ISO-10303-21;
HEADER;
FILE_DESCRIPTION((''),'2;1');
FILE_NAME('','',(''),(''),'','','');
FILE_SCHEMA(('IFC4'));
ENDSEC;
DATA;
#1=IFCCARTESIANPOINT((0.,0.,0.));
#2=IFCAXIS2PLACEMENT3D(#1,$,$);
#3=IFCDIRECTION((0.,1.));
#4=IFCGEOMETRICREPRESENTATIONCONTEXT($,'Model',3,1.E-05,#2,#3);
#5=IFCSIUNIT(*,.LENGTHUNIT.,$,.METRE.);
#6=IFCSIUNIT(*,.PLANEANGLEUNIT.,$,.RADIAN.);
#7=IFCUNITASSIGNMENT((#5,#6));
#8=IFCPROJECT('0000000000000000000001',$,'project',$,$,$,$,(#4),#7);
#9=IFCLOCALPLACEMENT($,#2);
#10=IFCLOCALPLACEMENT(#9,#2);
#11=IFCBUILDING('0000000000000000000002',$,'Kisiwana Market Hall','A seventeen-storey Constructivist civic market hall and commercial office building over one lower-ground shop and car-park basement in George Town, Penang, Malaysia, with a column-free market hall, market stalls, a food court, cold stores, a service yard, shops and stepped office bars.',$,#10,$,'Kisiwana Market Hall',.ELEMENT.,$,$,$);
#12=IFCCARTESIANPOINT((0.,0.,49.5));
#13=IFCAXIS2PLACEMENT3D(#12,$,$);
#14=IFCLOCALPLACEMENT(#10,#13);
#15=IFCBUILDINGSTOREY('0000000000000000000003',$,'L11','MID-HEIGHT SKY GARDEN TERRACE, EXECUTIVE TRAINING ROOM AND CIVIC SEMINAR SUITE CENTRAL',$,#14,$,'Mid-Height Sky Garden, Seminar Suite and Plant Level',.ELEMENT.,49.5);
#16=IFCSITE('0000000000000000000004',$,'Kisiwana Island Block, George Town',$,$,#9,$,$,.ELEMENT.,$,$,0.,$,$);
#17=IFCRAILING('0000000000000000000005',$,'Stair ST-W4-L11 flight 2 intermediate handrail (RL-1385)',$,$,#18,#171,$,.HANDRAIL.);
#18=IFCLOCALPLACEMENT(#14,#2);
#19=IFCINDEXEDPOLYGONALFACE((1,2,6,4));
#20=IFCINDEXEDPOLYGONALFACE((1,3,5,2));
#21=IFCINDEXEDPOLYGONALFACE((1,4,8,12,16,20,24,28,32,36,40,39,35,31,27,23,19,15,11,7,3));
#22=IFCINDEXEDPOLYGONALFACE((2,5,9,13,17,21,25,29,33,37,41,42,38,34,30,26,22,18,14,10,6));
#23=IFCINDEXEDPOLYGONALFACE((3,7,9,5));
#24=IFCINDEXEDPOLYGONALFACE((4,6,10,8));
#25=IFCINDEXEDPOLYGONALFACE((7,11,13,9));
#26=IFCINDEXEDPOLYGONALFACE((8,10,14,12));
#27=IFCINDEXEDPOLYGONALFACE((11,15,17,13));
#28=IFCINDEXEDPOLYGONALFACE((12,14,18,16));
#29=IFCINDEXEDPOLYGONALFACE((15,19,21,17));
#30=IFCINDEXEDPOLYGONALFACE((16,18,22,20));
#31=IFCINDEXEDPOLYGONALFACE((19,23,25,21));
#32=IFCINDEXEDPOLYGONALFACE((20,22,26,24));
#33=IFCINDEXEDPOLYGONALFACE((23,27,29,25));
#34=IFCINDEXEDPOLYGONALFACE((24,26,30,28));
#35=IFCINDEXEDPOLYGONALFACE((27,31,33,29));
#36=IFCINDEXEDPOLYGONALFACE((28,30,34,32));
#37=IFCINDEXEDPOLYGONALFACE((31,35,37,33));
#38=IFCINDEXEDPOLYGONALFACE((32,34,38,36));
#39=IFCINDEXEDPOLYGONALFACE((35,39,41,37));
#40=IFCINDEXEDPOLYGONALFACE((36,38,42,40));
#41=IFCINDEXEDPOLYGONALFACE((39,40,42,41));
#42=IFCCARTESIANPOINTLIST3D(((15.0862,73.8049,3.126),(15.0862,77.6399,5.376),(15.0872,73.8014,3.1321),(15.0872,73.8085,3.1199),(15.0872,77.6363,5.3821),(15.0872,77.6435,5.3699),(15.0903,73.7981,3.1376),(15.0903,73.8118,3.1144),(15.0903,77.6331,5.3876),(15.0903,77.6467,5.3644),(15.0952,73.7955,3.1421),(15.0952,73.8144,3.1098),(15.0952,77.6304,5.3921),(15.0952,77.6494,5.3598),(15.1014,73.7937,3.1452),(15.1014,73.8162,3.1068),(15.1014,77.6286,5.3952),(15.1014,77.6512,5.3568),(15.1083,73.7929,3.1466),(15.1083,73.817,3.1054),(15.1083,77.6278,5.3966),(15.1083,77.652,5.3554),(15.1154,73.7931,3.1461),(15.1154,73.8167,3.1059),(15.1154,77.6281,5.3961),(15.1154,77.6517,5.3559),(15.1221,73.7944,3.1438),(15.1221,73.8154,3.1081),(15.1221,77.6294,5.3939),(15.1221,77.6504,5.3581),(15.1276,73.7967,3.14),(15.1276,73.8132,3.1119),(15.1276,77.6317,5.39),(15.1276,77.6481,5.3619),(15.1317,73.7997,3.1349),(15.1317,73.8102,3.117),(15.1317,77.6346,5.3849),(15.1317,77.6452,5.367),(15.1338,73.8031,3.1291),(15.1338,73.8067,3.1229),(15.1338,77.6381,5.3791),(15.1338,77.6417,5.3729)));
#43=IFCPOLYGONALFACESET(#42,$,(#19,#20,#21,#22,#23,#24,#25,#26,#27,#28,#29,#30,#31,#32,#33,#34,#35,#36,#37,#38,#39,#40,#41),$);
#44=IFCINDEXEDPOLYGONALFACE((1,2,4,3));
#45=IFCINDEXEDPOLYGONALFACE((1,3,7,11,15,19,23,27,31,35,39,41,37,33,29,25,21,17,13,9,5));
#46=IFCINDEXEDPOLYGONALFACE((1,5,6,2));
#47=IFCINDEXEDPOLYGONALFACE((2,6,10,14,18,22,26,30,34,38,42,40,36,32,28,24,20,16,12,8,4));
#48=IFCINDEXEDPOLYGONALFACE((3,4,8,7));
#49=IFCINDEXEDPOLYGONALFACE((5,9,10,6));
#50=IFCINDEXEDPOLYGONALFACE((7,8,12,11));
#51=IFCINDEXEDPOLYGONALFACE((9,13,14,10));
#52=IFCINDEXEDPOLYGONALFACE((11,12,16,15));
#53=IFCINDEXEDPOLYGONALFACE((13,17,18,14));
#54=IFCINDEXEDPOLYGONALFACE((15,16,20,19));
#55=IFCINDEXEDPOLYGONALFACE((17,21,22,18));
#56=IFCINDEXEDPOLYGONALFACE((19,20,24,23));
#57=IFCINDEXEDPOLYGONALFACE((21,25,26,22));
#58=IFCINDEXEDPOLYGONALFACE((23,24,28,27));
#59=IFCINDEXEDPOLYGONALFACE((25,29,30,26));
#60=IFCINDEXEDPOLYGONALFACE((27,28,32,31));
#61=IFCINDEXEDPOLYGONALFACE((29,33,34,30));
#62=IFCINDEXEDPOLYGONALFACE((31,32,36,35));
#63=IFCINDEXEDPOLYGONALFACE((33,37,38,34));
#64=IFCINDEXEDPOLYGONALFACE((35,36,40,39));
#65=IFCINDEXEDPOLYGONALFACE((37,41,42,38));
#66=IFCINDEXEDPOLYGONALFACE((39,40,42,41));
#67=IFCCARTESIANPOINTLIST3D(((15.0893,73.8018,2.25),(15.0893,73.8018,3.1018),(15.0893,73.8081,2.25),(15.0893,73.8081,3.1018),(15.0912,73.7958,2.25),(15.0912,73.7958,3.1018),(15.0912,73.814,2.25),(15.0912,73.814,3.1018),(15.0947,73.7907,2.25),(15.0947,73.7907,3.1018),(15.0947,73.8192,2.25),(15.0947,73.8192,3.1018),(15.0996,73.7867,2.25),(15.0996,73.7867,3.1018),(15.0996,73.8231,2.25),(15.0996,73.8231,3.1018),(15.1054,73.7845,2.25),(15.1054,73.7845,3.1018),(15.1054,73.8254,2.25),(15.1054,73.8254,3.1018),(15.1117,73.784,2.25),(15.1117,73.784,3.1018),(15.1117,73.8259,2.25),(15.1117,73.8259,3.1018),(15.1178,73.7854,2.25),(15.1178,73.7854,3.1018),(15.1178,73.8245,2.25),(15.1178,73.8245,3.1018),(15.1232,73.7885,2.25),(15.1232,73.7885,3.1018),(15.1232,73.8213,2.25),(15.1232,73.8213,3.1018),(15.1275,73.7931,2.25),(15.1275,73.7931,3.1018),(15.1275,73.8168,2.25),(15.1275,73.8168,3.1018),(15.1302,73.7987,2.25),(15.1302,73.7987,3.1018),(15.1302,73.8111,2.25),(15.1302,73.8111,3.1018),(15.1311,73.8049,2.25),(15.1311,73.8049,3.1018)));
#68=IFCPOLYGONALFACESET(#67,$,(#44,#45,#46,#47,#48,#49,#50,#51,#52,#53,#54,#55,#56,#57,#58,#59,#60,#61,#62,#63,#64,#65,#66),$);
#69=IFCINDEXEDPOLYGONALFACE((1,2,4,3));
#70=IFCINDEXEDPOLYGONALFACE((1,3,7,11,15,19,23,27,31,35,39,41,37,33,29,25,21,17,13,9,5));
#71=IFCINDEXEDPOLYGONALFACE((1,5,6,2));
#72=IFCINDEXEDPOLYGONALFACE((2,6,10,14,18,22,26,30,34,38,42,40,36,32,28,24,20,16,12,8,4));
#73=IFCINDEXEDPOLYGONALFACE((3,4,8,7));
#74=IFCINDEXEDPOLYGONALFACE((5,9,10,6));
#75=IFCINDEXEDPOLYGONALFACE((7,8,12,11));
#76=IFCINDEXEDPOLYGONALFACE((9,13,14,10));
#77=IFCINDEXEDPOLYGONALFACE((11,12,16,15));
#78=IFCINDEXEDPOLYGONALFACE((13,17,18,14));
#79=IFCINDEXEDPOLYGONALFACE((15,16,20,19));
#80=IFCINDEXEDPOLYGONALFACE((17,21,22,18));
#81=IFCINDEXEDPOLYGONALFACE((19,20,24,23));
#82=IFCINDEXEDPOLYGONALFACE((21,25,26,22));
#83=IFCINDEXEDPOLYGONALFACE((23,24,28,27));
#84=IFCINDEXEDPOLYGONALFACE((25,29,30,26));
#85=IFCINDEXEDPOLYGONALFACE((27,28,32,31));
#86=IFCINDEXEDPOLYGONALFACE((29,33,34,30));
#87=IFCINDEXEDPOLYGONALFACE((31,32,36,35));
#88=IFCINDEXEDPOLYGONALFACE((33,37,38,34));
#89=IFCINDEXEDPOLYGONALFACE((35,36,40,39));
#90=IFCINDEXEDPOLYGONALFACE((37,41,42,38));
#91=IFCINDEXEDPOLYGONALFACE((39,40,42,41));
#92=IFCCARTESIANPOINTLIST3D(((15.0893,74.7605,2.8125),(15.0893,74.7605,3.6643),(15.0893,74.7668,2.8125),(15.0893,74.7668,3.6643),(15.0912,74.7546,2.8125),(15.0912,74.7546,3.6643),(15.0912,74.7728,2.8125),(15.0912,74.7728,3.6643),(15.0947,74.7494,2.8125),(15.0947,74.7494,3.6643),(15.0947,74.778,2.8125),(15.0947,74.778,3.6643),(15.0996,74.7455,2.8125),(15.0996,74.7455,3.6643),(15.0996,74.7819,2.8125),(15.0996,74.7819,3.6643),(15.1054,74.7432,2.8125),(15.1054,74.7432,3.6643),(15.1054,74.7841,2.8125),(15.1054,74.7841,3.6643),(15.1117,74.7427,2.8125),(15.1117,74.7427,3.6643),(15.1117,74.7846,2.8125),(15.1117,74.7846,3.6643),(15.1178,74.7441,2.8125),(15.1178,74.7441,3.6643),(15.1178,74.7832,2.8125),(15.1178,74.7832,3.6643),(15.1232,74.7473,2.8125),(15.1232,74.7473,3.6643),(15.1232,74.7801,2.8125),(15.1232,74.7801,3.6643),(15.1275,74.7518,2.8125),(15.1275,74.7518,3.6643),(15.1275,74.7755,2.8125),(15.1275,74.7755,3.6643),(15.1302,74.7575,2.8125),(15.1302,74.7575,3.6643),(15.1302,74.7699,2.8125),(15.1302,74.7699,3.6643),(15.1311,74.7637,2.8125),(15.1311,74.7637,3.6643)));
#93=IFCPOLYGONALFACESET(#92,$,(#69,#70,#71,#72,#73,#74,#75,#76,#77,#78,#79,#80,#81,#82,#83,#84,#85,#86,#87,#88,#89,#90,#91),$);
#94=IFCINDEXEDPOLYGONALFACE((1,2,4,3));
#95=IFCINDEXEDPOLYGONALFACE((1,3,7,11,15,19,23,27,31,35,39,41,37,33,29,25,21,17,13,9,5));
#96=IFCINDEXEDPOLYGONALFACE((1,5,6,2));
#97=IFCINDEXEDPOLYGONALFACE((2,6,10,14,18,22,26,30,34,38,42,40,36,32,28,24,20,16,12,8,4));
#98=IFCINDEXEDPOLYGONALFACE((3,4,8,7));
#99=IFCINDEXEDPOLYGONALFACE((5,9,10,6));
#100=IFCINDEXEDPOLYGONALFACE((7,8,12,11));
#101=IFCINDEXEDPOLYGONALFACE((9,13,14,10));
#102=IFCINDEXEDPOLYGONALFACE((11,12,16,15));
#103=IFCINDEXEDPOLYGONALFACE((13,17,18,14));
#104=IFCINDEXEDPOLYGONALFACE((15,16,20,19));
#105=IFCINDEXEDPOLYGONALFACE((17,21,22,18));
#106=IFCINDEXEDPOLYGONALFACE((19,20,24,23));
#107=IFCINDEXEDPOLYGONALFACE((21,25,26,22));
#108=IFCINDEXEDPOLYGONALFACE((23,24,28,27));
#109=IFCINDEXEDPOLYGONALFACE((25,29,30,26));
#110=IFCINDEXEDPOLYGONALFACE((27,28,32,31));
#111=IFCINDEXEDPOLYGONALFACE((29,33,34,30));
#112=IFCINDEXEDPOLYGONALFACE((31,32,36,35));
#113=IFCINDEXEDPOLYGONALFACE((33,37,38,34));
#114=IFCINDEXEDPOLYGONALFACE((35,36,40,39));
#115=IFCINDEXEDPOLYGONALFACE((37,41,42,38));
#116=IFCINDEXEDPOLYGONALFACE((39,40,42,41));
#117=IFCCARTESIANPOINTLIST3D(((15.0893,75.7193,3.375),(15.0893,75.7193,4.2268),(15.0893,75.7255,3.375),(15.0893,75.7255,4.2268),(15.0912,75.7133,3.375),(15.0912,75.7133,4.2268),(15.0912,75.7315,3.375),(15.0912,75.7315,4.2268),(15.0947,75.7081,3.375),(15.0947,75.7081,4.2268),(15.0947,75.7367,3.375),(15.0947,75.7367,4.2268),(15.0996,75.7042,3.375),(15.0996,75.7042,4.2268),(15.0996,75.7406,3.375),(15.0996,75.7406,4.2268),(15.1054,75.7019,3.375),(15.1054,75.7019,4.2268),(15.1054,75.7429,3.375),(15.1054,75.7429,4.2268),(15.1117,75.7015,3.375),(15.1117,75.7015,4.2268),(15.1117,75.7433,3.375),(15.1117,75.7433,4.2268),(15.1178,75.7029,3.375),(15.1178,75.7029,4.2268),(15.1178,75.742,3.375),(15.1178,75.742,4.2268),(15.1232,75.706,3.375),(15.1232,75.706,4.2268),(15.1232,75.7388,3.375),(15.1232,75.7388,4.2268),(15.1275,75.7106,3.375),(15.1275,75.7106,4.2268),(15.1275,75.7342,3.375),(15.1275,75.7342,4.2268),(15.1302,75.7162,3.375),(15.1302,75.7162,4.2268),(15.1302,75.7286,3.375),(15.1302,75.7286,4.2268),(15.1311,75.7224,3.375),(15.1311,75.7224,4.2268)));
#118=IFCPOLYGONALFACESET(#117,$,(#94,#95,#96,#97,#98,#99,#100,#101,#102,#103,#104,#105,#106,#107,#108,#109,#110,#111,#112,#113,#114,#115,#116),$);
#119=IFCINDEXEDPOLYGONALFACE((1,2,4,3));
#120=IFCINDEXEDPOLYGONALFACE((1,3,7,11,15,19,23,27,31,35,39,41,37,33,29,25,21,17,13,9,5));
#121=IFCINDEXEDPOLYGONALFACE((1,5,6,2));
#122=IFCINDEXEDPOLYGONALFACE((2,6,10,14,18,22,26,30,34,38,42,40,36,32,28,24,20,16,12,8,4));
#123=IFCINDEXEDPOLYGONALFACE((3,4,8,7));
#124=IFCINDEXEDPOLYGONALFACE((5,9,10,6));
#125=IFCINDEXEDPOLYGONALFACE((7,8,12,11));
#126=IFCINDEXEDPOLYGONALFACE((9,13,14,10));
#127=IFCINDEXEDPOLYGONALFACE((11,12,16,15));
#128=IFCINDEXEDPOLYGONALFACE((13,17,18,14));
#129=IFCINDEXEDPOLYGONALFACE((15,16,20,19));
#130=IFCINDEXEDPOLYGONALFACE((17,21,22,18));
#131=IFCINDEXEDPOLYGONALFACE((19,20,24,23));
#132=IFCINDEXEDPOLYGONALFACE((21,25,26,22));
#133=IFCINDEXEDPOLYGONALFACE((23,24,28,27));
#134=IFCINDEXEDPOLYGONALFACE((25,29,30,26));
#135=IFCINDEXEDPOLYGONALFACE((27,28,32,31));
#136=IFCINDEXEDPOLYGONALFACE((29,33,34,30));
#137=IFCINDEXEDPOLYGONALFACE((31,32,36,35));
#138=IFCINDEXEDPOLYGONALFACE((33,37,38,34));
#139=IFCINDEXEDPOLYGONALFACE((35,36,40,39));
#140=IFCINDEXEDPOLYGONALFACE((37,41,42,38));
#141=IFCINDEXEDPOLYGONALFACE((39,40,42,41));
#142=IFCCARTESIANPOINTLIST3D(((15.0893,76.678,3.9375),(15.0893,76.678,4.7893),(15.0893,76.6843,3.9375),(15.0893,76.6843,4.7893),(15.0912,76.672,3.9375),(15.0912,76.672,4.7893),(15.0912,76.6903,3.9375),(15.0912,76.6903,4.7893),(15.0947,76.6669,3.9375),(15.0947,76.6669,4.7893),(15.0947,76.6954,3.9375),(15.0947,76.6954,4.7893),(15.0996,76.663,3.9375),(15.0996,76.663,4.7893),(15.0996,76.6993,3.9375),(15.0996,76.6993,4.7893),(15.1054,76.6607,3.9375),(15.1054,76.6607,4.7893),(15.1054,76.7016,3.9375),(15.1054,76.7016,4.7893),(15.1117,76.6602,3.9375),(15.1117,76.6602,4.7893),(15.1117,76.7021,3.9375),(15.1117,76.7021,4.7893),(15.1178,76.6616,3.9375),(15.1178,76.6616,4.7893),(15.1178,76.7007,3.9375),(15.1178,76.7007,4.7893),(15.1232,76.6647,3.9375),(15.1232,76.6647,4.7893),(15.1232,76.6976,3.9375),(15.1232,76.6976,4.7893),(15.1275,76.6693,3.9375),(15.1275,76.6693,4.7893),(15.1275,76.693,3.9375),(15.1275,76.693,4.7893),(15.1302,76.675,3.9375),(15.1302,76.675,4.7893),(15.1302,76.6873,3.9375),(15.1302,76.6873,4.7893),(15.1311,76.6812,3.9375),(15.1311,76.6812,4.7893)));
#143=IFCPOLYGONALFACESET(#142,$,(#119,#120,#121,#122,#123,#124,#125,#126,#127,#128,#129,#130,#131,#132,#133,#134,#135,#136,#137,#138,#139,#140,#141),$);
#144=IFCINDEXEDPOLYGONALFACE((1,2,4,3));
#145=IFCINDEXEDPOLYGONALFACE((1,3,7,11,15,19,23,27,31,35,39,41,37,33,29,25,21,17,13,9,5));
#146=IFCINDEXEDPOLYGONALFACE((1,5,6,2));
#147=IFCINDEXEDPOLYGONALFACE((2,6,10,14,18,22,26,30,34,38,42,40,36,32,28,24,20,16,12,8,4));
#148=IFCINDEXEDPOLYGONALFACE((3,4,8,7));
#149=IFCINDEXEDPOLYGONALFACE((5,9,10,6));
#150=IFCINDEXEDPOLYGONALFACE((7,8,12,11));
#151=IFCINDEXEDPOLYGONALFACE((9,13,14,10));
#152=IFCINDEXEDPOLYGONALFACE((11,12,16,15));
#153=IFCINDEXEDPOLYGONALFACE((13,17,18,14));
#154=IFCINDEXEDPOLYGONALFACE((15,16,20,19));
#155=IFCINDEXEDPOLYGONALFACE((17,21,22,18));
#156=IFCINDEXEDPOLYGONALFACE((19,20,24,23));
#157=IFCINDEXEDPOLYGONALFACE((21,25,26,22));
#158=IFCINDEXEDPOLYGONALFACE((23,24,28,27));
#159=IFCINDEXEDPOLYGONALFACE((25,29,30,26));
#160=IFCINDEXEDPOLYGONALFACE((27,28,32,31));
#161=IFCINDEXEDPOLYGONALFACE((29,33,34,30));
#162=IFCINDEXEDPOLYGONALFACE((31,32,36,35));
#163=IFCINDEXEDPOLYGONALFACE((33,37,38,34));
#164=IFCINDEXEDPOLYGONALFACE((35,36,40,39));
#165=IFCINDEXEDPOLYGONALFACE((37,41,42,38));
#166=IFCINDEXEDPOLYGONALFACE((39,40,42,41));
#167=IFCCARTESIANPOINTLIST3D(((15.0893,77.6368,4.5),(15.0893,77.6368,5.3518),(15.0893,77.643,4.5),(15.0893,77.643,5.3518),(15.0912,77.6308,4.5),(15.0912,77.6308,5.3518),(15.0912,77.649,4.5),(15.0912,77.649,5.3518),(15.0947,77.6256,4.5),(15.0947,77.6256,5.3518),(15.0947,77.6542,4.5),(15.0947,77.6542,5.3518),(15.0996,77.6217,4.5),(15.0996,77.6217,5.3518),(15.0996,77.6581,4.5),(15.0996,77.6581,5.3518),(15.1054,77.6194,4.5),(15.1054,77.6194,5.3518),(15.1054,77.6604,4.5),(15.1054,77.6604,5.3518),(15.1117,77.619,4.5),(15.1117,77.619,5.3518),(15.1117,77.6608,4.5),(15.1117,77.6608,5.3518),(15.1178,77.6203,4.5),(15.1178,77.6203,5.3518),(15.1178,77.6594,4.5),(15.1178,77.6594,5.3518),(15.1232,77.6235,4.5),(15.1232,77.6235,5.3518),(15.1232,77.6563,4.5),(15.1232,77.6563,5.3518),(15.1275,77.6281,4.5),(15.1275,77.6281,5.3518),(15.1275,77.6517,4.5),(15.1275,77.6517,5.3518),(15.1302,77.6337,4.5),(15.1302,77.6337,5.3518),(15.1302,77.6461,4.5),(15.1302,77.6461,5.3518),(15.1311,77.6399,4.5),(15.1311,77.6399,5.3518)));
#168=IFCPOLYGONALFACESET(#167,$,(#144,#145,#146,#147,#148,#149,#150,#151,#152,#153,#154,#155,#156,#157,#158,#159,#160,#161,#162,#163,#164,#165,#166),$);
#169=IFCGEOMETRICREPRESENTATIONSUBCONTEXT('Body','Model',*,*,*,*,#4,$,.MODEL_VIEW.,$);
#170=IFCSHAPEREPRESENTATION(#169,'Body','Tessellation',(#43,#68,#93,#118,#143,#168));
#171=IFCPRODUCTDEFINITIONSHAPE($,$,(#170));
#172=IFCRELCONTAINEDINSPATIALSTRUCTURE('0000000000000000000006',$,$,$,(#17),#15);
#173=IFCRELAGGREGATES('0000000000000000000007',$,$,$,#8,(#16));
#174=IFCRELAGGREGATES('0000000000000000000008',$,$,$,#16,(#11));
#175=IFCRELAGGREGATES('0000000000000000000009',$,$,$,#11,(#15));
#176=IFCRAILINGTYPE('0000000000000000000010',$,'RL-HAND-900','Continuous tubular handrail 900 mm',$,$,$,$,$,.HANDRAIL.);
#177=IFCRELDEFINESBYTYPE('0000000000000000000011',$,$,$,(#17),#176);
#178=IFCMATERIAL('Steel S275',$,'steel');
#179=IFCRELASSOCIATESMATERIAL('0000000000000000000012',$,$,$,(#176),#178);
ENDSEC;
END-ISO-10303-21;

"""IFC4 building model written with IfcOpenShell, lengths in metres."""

from ifc_helpers import new_model, si_unit, direction, frame, origin, origin_2d, place, context, subcontext, project, spatial, circle, extrude, material, type_object, element, save


model = new_model("IFC4")

# Units and contexts
model_context = context("Model", 3, precision=1e-05, world=origin(), true_north=direction((0.0, 1.0)))
body_context = subcontext(model_context, "Body", "Model", "MODEL_VIEW")
ifc_project = project(units=[si_unit("LENGTHUNIT", "METRE"), si_unit("PLANEANGLEUNIT", "RADIAN")], contexts=[model_context])

# Site, building, storey
site_placement = place(None, origin())
site = spatial("IfcSite", under=ifc_project, at=site_placement, Name="Kisiwana Island Block, George Town", CompositionType="ELEMENT", RefElevation=0.0)
building_placement = place(site_placement, origin())
building = spatial("IfcBuilding", under=site, at=building_placement, Name="Kisiwana Market Hall", Description="A seventeen-storey Constructivist civic market hall and commercial office building over one lower-ground shop and car-park basement in George Town, Penang, Malaysia, with a column-free market hall, market stalls, a food court, cold stores, a service yard, shops and stepped office bars.", LongName="Kisiwana Market Hall", CompositionType="ELEMENT")
storey_placement = place(building_placement, frame((0.0, 0.0, 49.5)))
storey = spatial("IfcBuildingStorey", under=building, at=storey_placement, Name="L11", Description="MID-HEIGHT SKY GARDEN TERRACE, EXECUTIVE TRAINING ROOM AND CIVIC SEMINAR SUITE CENTRAL", LongName="Mid-Height Sky Garden, Seminar Suite and Plant Level", CompositionType="ELEMENT", Elevation=49.5)

# Railing
ifc_material_1 = material(Name="Steel S275", Category="steel")
railing_type_1 = type_object("IfcRailingType", Name="RL-HAND-900", Description="Continuous tubular handrail 900 mm", PredefinedType="HANDRAIL", material=ifc_material_1)
for number, where, name in (
    (1, (15.1101, 73.8049, 2.25), "Stair ST-W4-L11 flight 2 intermediate handrail (RL-1385)"),
):
    element("IfcRailing", number, at=place(storey_placement, frame(where)), inside=storey, type_object=railing_type_1, Name=name, PredefinedType="HANDRAIL", context=body_context, shape_type="SweptSolid", body=[
        extrude(circle(Radius=0.0239, at=origin_2d()), frame((0.0, 0.0, 0.876), z_axis=(0.0, 0.86251, 0.506041), x_axis=(-1.0, 0.0, 0.0)), (0.0, 0.0, 1.0), 4.4463),
        extrude(circle(Radius=0.021, at=origin_2d()), origin(), (0.0, 0.0, 1.0), 0.8518),
        extrude(circle(Radius=0.021, at=origin_2d()), frame((0.0, 0.9587, 0.5625)), (0.0, 0.0, 1.0), 0.8518),
        extrude(circle(Radius=0.021, at=origin_2d()), frame((0.0, 1.9175, 1.125)), (0.0, 0.0, 1.0), 0.8518),
        extrude(circle(Radius=0.021, at=origin_2d()), frame((0.0, 2.8762, 1.6875)), (0.0, 0.0, 1.0), 0.8518),
        extrude(circle(Radius=0.021, at=origin_2d()), frame((0.0, 3.835, 2.25)), (0.0, 0.0, 1.0), 0.8518),
    ])

save(model, "model.ifc")
